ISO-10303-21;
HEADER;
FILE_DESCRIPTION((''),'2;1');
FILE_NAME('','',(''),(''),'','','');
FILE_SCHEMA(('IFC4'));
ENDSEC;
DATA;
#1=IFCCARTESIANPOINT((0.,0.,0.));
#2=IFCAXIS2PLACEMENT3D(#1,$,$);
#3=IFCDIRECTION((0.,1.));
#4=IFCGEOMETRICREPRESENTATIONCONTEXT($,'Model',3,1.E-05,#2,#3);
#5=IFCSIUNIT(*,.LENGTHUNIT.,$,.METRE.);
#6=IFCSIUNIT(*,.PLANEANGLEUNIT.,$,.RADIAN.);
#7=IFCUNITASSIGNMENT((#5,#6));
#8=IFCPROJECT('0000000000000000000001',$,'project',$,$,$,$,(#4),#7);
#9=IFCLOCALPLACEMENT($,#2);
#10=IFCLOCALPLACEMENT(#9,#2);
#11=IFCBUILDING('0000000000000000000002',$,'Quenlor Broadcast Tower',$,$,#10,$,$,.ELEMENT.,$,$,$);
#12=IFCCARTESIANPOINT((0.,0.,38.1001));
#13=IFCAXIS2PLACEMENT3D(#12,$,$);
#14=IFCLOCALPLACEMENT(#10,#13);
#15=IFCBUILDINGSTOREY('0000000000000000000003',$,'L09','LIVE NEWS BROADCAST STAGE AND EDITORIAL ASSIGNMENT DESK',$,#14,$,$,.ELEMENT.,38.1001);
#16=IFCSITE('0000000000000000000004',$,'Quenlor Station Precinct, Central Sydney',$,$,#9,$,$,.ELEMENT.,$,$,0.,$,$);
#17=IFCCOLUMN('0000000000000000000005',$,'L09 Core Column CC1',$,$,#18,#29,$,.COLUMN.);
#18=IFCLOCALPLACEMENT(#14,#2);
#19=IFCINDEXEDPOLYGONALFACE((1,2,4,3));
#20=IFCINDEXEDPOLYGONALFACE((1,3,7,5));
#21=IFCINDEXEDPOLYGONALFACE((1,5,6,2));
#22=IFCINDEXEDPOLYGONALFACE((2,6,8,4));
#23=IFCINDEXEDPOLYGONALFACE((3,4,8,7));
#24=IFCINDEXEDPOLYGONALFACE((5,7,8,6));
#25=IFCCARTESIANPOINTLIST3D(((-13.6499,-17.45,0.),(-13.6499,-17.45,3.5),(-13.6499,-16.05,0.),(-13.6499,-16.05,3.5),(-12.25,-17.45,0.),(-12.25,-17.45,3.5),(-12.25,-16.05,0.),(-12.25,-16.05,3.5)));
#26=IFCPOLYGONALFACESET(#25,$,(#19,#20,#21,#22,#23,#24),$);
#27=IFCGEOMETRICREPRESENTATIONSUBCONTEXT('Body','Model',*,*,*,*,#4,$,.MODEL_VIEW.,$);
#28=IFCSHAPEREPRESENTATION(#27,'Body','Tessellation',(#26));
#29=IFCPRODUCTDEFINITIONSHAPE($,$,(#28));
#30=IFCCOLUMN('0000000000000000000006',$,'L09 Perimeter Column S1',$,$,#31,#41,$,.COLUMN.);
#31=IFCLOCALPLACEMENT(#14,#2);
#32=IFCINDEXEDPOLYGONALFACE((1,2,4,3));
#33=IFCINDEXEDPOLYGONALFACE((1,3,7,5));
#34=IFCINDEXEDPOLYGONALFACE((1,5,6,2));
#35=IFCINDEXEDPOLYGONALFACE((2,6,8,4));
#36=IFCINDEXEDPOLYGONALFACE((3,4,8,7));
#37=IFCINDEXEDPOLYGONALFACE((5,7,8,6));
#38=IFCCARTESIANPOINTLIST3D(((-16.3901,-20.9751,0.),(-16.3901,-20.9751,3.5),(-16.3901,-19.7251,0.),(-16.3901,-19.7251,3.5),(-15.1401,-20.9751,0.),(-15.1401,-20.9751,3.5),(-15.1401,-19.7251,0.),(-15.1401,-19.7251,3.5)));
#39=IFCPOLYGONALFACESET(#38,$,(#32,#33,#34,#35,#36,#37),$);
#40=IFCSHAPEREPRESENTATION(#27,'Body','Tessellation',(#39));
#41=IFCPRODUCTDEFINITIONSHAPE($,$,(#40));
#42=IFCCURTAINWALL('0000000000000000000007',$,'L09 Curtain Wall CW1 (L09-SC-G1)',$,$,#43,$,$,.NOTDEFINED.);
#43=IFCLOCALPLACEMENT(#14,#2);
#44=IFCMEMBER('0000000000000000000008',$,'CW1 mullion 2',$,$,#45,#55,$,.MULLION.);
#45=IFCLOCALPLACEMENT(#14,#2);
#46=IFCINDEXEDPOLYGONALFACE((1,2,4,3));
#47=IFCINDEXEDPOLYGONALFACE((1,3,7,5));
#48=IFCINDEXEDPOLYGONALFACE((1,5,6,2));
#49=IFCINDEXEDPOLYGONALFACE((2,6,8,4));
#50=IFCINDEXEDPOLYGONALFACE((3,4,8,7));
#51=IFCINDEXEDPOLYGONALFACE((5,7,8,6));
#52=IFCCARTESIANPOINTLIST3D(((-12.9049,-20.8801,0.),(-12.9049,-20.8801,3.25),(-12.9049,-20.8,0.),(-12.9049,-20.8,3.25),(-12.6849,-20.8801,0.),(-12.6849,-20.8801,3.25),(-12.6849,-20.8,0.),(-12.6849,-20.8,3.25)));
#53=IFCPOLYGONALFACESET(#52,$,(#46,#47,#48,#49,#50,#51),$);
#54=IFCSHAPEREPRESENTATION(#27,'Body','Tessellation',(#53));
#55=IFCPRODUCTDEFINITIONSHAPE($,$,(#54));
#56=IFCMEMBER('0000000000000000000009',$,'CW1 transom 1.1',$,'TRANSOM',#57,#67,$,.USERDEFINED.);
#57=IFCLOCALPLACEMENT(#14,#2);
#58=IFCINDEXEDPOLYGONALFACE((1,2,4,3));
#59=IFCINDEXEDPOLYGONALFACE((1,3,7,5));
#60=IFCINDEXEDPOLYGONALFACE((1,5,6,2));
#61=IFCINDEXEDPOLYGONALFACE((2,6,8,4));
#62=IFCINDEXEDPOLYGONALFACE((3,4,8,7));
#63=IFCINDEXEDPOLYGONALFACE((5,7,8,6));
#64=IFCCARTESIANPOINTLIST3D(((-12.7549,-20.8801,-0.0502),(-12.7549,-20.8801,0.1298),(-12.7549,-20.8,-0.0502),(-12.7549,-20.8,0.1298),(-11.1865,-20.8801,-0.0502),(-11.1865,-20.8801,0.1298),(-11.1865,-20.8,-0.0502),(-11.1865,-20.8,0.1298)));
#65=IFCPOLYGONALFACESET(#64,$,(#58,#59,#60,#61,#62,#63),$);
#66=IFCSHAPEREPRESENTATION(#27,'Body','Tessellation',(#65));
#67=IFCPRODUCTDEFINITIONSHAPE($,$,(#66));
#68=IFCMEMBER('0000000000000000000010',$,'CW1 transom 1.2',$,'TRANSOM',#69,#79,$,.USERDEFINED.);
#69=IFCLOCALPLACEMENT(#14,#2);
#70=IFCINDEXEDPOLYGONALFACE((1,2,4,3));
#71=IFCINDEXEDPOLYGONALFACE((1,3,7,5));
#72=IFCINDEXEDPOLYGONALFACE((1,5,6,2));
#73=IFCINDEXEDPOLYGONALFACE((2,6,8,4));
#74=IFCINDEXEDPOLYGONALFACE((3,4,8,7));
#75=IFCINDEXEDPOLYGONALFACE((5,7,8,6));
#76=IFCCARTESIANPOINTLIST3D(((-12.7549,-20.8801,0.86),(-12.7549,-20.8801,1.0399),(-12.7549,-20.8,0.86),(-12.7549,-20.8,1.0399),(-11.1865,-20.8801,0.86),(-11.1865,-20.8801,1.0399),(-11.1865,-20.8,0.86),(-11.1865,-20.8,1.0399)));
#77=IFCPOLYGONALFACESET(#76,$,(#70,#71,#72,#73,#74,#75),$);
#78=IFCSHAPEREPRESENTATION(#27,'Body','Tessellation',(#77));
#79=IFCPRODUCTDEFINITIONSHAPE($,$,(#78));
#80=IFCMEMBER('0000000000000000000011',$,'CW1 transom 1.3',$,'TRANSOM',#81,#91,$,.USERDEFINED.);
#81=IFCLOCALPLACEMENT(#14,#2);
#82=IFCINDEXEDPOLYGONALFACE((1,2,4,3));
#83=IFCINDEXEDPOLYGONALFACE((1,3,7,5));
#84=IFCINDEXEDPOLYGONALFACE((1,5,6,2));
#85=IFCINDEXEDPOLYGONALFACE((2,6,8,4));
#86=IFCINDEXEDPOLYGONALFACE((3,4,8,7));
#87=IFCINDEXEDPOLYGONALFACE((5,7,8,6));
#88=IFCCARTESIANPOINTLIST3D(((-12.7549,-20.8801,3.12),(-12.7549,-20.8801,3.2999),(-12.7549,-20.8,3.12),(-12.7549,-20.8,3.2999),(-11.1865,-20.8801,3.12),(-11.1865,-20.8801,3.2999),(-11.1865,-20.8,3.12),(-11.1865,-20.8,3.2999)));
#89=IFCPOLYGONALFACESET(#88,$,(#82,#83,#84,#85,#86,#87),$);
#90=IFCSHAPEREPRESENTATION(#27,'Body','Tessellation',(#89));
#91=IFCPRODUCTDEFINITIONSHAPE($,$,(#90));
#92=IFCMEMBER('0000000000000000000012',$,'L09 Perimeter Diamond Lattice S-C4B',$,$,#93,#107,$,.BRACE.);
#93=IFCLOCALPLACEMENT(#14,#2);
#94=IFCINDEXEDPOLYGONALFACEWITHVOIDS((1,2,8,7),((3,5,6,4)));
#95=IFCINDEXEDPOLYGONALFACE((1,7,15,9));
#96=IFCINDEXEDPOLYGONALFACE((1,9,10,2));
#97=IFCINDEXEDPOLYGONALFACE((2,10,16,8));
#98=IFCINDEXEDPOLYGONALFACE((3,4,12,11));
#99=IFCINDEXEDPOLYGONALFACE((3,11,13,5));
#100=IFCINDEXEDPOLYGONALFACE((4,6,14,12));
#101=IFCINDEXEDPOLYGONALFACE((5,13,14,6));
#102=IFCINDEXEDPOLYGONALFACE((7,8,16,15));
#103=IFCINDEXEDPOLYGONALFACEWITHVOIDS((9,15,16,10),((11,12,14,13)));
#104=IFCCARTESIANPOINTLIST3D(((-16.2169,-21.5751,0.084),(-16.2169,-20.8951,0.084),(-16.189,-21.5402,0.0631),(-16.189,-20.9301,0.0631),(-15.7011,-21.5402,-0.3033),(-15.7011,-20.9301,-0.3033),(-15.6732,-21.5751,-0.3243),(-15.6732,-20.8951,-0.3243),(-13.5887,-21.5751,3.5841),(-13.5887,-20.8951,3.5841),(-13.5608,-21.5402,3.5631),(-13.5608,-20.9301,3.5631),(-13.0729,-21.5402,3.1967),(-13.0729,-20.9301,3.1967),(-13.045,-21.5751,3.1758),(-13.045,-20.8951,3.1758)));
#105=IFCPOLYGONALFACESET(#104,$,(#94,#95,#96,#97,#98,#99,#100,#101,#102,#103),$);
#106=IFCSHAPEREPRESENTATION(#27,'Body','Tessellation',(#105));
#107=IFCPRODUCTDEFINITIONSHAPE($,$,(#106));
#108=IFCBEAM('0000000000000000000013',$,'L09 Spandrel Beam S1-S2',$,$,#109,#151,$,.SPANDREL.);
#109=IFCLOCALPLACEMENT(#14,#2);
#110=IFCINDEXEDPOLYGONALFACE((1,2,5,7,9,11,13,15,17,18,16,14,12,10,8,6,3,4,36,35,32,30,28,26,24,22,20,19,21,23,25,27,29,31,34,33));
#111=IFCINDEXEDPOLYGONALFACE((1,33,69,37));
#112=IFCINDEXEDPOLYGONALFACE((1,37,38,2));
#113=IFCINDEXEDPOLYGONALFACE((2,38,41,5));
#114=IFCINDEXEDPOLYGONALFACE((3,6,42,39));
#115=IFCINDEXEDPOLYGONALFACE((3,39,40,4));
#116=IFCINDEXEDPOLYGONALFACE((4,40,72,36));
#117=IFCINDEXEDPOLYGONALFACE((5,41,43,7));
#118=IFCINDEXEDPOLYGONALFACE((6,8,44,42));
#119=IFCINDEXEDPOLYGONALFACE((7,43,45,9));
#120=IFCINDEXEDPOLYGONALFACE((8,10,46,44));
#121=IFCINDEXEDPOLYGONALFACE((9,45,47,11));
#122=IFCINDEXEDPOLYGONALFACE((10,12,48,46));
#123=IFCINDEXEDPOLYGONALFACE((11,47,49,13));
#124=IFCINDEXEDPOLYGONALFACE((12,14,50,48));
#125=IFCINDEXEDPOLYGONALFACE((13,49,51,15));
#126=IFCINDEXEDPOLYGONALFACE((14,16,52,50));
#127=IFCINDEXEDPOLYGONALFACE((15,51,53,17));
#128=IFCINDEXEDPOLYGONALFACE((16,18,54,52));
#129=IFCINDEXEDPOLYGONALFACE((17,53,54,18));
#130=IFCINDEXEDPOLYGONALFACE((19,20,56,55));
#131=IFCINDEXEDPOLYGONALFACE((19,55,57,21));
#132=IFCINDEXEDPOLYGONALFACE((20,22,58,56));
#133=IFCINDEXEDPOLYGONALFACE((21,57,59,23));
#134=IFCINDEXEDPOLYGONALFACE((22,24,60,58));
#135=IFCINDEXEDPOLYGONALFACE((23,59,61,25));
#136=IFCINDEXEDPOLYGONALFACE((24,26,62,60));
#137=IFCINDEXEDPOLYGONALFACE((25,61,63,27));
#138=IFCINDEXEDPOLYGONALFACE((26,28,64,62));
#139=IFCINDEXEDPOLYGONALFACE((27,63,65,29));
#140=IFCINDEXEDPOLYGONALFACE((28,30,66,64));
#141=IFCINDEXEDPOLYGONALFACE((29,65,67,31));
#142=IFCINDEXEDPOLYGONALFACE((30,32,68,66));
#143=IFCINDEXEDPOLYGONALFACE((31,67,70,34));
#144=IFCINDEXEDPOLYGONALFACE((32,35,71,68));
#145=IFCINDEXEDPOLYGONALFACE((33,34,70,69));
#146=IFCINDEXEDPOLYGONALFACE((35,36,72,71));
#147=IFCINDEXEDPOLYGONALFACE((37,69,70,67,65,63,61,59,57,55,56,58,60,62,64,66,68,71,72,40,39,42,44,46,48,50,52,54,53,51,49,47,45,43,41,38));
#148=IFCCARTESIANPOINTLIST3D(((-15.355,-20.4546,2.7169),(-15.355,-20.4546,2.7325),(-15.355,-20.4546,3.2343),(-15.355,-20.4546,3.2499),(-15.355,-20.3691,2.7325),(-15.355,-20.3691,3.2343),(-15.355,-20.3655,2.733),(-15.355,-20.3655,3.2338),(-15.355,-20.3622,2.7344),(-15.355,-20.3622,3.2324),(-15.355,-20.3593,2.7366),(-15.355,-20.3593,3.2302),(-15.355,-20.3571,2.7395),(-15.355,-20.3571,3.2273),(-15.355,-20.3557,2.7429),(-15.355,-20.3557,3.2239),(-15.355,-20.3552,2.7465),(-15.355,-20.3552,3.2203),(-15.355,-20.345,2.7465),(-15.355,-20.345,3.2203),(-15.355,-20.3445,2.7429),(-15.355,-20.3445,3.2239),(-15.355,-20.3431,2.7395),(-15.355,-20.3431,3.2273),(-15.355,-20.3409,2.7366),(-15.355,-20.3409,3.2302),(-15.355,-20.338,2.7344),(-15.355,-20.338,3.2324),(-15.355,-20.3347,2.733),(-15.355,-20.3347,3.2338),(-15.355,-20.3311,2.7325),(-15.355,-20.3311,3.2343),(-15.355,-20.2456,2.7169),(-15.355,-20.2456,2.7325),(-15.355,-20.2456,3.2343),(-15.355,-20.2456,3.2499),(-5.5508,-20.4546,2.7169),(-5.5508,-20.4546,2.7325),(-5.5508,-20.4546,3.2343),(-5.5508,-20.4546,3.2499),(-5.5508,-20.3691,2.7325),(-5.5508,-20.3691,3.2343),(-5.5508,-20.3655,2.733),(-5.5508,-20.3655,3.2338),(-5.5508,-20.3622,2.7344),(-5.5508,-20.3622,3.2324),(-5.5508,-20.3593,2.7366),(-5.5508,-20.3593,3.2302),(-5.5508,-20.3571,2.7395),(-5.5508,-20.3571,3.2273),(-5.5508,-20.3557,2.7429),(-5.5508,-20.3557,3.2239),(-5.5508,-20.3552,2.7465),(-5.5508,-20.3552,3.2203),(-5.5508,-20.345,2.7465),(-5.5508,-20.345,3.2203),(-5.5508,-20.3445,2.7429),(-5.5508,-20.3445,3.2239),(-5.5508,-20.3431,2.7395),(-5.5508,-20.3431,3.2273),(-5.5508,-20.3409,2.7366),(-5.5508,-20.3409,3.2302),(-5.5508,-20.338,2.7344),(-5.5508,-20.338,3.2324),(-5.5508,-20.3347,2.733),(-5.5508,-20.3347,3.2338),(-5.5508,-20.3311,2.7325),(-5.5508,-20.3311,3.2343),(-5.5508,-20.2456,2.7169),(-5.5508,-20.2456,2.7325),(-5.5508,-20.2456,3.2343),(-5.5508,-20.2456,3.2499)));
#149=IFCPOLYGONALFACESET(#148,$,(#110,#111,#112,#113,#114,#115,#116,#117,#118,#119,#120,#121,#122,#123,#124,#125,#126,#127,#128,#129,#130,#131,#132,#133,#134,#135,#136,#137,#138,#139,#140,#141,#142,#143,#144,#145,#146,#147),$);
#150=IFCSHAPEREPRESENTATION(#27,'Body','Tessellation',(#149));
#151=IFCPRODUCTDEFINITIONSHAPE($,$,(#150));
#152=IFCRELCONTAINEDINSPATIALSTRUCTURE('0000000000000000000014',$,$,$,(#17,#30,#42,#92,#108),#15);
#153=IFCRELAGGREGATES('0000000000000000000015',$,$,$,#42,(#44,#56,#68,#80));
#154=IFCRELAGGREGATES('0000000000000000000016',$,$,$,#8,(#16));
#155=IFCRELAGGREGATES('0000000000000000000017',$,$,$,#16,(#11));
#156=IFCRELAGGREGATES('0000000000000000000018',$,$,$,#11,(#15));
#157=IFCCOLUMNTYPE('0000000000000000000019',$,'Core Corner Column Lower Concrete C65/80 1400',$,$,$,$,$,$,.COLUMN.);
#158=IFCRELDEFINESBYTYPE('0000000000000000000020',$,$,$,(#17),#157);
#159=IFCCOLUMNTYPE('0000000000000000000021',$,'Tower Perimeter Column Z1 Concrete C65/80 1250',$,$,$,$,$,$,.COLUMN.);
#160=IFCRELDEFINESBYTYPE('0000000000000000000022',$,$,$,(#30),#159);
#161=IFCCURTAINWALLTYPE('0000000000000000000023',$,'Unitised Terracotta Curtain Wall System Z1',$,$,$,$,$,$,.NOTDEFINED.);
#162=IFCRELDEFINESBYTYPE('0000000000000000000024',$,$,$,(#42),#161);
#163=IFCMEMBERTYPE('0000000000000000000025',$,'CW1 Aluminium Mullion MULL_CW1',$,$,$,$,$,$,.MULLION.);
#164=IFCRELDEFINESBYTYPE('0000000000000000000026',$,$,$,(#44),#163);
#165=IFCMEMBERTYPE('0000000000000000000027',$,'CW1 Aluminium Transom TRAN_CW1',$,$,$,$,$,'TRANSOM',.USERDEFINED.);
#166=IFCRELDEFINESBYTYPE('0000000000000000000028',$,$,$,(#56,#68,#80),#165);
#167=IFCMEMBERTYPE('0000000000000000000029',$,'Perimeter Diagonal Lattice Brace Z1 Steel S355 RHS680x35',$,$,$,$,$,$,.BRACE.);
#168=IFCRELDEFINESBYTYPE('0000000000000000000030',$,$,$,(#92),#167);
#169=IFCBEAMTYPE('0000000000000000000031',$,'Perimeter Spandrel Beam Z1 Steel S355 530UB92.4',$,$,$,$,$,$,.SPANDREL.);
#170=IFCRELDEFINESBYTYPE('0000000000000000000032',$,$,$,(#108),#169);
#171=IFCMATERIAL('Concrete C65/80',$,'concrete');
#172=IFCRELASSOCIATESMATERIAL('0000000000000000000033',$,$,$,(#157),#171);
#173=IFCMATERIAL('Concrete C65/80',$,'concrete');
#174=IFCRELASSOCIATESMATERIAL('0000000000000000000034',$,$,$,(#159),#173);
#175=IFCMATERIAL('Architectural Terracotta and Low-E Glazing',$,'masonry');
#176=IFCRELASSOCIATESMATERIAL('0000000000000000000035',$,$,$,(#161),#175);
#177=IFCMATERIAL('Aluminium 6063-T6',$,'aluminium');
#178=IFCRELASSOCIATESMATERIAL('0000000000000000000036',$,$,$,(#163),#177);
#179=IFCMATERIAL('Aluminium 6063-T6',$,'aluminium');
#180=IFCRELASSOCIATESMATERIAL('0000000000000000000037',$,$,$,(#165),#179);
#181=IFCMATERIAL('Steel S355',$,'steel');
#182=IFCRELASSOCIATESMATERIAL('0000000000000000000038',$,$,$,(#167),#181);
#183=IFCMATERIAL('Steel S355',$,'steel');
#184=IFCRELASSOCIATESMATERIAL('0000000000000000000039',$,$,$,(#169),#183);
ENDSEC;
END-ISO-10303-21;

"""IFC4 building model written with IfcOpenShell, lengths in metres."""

from ifc_helpers import new_model, si_unit, direction, frame, origin, origin_2d, place, context, subcontext, project, spatial, rectangle, hollow_rectangle, i_section, extrude, material, material_profile, profile_set, type_object, element, aggregate, save


model = new_model("IFC4")

# Units and contexts
model_context = context("Model", 3, precision=1e-05, world=origin(), true_north=direction((0.0, 1.0)))
body_context = subcontext(model_context, "Body", "Model", "MODEL_VIEW")
ifc_project = project(units=[si_unit("LENGTHUNIT", "METRE"), si_unit("PLANEANGLEUNIT", "RADIAN")], contexts=[model_context])

# Site, building, storey
site_placement = place(None, origin())
site = spatial("IfcSite", under=ifc_project, at=site_placement, Name="Quenlor Station Precinct, Central Sydney", CompositionType="ELEMENT", RefElevation=0.0)
building_placement = place(site_placement, origin())
building = spatial("IfcBuilding", under=site, at=building_placement, Name="Quenlor Broadcast Tower", CompositionType="ELEMENT")
storey_placement = place(building_placement, frame((0.0, 0.0, 38.1001)))
storey = spatial("IfcBuildingStorey", under=building, at=storey_placement, Name="L09", Description="LIVE NEWS BROADCAST STAGE AND EDITORIAL ASSIGNMENT DESK", CompositionType="ELEMENT", Elevation=38.1001)

# Columns
ifc_material_1 = material(Name="Concrete C65/80", Category="concrete")
ifc_material_profile_1 = material_profile(ifc_material_1, rectangle(XDim=1.3999, YDim=1.3999, at=origin_2d()))
ifc_profile_set_1 = profile_set([ifc_material_profile_1], Name="Concrete C65/80 RC1400x1400")
column_type_1 = type_object("IfcColumnType", Name="Core Corner Column Lower Concrete C65/80 1400", PredefinedType="COLUMN", material=ifc_profile_set_1)
column_1_placement = place(storey_placement, frame((-12.95, -16.75, 0.0), z_axis=(0.0, 0.0, 1.0), x_axis=(1.0, 0.0, 0.0)))
element("IfcColumn", 1, at=column_1_placement, inside=storey, type_object=column_type_1, Name="L09 Core Column CC1", PredefinedType="COLUMN", context=body_context, shape_type="SweptSolid", body=[
    extrude(rectangle(XDim=1.3999, YDim=1.3999, at=origin_2d()), origin(), (0.0, 0.0, 1.0), 3.5),
])
ifc_material_2 = material(Name="Concrete C65/80", Category="concrete")
ifc_material_profile_2 = material_profile(ifc_material_2, rectangle(XDim=1.25, YDim=1.25, at=origin_2d()))
ifc_profile_set_2 = profile_set([ifc_material_profile_2], Name="Concrete C65/80 RC1250x1250")
column_type_2 = type_object("IfcColumnType", Name="Tower Perimeter Column Z1 Concrete C65/80 1250", PredefinedType="COLUMN", material=ifc_profile_set_2)
column_2_placement = place(storey_placement, frame((-15.7651, -20.3501, 0.0), z_axis=(0.0, 0.0, 1.0), x_axis=(0.0, 1.0, 0.0)))
element("IfcColumn", 2, at=column_2_placement, inside=storey, type_object=column_type_2, Name="L09 Perimeter Column S1", PredefinedType="COLUMN", context=body_context, shape_type="SweptSolid", body=[
    extrude(rectangle(XDim=1.25, YDim=1.25, at=origin_2d()), origin(), (0.0, 0.0, 1.0), 3.5),
])

# Curtain wall, members
ifc_material_3 = material(Name="Architectural Terracotta and Low-E Glazing", Category="masonry")
curtain_wall_type = type_object("IfcCurtainWallType", Name="Unitised Terracotta Curtain Wall System Z1", PredefinedType="NOTDEFINED", material=ifc_material_3)
curtain_wall_placement = place(storey_placement, origin())
curtain_wall = element("IfcCurtainWall", 3, at=curtain_wall_placement, inside=storey, type_object=curtain_wall_type, Name="L09 Curtain Wall CW1 (L09-SC-G1)", PredefinedType="NOTDEFINED")
ifc_material_4 = material(Name="Aluminium 6063-T6", Category="aluminium")
ifc_material_profile_3 = material_profile(ifc_material_4, rectangle(XDim=0.0801, YDim=0.22, at=origin_2d()))
ifc_profile_set_3 = profile_set([ifc_material_profile_3], Name="Aluminium 6063-T6 MULL80x220")
member_type_1 = type_object("IfcMemberType", Name="CW1 Aluminium Mullion MULL_CW1", PredefinedType="MULLION", material=ifc_profile_set_3)
member_1_placement = place(storey_placement, frame((-12.7949, -20.8401, 0.0), z_axis=(0.0, 0.0, 1.0), x_axis=(0.0, -1.0, 0.0)))
member_1 = element("IfcMember", 4, at=member_1_placement, type_object=member_type_1, Name="CW1 mullion 2", PredefinedType="MULLION", context=body_context, shape_type="SweptSolid", body=[
    extrude(rectangle(XDim=0.0801, YDim=0.22, at=origin_2d()), origin(), (0.0, 0.0, 1.0), 3.25),
])
ifc_material_5 = material(Name="Aluminium 6063-T6", Category="aluminium")
ifc_material_profile_4 = material_profile(ifc_material_5, rectangle(XDim=0.0801, YDim=0.1799, at=origin_2d()))
ifc_profile_set_4 = profile_set([ifc_material_profile_4], Name="Aluminium 6063-T6 TRAN80x180")
member_type_2 = type_object("IfcMemberType", Name="CW1 Aluminium Transom TRAN_CW1", ElementType="TRANSOM", PredefinedType="USERDEFINED", material=ifc_profile_set_4)
member_2_placement = place(storey_placement, frame((-11.1865, -20.8401, 0.0398), z_axis=(-1.0, 0.0, 0.0), x_axis=(0.0, -1.0, 0.0)))
member_2 = element("IfcMember", 5, at=member_2_placement, type_object=member_type_2, Name="CW1 transom 1.1", ObjectType="TRANSOM", PredefinedType="USERDEFINED", context=body_context, shape_type="SweptSolid", body=[
    extrude(rectangle(XDim=0.0801, YDim=0.1799, at=origin_2d()), origin(), (0.0, 0.0, 1.0), 1.5684),
])
member_3_placement = place(storey_placement, frame((-11.1865, -20.8401, 0.95), z_axis=(-1.0, 0.0, 0.0), x_axis=(0.0, -1.0, 0.0)))
member_3 = element("IfcMember", 6, at=member_3_placement, type_object=member_type_2, Name="CW1 transom 1.2", ObjectType="TRANSOM", PredefinedType="USERDEFINED", context=body_context, shape_type="SweptSolid", body=[
    extrude(rectangle(XDim=0.0801, YDim=0.1799, at=origin_2d()), origin(), (0.0, 0.0, 1.0), 1.5684),
])
member_4_placement = place(storey_placement, frame((-11.1865, -20.8401, 3.21), z_axis=(-1.0, 0.0, 0.0), x_axis=(0.0, -1.0, 0.0)))
member_4 = element("IfcMember", 7, at=member_4_placement, type_object=member_type_2, Name="CW1 transom 1.3", ObjectType="TRANSOM", PredefinedType="USERDEFINED", context=body_context, shape_type="SweptSolid", body=[
    extrude(rectangle(XDim=0.0801, YDim=0.1799, at=origin_2d()), origin(), (0.0, 0.0, 1.0), 1.5684),
])

# Member
ifc_material_6 = material(Name="Steel S355", Category="steel")
ifc_material_profile_5 = material_profile(ifc_material_6, hollow_rectangle(XDim=0.6799, YDim=0.6799, WallThickness=0.0349, at=origin_2d()))
ifc_profile_set_5 = profile_set([ifc_material_profile_5], Name="Steel S355 RHS680x680x35")
member_type_3 = type_object("IfcMemberType", Name="Perimeter Diagonal Lattice Brace Z1 Steel S355 RHS680x35", PredefinedType="BRACE", material=ifc_profile_set_5)
member_5_placement = place(storey_placement, frame((-15.9451, -21.2351, -0.1201), z_axis=(0.600464, 0.0, 0.799652), x_axis=(0.0, 1.0, 0.0)))
element("IfcMember", 8, at=member_5_placement, inside=storey, type_object=member_type_3, Name="L09 Perimeter Diamond Lattice S-C4B", PredefinedType="BRACE", context=body_context, shape_type="SweptSolid", body=[
    extrude(hollow_rectangle(XDim=0.6799, YDim=0.6799, WallThickness=0.0349, at=origin_2d()), origin(), (0.0, 0.0, 1.0), 4.377),
])

# Beam
ifc_material_7 = material(Name="Steel S355", Category="steel")
ifc_material_profile_6 = material_profile(ifc_material_7, i_section(OverallWidth=0.209, OverallDepth=0.533, WebThickness=0.0103, FlangeThickness=0.0156, FilletRadius=0.0139, at=origin_2d()))
ifc_profile_set_6 = profile_set([ifc_material_profile_6], Name="Steel S355 530UB92.4")
beam_type_1 = type_object("IfcBeamType", Name="Perimeter Spandrel Beam Z1 Steel S355 530UB92.4", PredefinedType="SPANDREL", material=ifc_profile_set_6)
beam_1_placement = place(storey_placement, frame((-15.355, -20.3501, 2.9834), z_axis=(1.0, 0.0, 0.0), x_axis=(0.0, 1.0, 0.0)))
element("IfcBeam", 9, at=beam_1_placement, inside=storey, type_object=beam_type_1, Name="L09 Spandrel Beam S1-S2", PredefinedType="SPANDREL", context=body_context, shape_type="SweptSolid", body=[
    extrude(i_section(OverallWidth=0.209, OverallDepth=0.533, WebThickness=0.0103, FlangeThickness=0.0156, FilletRadius=0.0139, at=origin_2d()), origin(), (0.0, 0.0, 1.0), 9.8042),
])

aggregate(curtain_wall, [member_1, member_2, member_3, member_4])

save(model, "model.ifc")
